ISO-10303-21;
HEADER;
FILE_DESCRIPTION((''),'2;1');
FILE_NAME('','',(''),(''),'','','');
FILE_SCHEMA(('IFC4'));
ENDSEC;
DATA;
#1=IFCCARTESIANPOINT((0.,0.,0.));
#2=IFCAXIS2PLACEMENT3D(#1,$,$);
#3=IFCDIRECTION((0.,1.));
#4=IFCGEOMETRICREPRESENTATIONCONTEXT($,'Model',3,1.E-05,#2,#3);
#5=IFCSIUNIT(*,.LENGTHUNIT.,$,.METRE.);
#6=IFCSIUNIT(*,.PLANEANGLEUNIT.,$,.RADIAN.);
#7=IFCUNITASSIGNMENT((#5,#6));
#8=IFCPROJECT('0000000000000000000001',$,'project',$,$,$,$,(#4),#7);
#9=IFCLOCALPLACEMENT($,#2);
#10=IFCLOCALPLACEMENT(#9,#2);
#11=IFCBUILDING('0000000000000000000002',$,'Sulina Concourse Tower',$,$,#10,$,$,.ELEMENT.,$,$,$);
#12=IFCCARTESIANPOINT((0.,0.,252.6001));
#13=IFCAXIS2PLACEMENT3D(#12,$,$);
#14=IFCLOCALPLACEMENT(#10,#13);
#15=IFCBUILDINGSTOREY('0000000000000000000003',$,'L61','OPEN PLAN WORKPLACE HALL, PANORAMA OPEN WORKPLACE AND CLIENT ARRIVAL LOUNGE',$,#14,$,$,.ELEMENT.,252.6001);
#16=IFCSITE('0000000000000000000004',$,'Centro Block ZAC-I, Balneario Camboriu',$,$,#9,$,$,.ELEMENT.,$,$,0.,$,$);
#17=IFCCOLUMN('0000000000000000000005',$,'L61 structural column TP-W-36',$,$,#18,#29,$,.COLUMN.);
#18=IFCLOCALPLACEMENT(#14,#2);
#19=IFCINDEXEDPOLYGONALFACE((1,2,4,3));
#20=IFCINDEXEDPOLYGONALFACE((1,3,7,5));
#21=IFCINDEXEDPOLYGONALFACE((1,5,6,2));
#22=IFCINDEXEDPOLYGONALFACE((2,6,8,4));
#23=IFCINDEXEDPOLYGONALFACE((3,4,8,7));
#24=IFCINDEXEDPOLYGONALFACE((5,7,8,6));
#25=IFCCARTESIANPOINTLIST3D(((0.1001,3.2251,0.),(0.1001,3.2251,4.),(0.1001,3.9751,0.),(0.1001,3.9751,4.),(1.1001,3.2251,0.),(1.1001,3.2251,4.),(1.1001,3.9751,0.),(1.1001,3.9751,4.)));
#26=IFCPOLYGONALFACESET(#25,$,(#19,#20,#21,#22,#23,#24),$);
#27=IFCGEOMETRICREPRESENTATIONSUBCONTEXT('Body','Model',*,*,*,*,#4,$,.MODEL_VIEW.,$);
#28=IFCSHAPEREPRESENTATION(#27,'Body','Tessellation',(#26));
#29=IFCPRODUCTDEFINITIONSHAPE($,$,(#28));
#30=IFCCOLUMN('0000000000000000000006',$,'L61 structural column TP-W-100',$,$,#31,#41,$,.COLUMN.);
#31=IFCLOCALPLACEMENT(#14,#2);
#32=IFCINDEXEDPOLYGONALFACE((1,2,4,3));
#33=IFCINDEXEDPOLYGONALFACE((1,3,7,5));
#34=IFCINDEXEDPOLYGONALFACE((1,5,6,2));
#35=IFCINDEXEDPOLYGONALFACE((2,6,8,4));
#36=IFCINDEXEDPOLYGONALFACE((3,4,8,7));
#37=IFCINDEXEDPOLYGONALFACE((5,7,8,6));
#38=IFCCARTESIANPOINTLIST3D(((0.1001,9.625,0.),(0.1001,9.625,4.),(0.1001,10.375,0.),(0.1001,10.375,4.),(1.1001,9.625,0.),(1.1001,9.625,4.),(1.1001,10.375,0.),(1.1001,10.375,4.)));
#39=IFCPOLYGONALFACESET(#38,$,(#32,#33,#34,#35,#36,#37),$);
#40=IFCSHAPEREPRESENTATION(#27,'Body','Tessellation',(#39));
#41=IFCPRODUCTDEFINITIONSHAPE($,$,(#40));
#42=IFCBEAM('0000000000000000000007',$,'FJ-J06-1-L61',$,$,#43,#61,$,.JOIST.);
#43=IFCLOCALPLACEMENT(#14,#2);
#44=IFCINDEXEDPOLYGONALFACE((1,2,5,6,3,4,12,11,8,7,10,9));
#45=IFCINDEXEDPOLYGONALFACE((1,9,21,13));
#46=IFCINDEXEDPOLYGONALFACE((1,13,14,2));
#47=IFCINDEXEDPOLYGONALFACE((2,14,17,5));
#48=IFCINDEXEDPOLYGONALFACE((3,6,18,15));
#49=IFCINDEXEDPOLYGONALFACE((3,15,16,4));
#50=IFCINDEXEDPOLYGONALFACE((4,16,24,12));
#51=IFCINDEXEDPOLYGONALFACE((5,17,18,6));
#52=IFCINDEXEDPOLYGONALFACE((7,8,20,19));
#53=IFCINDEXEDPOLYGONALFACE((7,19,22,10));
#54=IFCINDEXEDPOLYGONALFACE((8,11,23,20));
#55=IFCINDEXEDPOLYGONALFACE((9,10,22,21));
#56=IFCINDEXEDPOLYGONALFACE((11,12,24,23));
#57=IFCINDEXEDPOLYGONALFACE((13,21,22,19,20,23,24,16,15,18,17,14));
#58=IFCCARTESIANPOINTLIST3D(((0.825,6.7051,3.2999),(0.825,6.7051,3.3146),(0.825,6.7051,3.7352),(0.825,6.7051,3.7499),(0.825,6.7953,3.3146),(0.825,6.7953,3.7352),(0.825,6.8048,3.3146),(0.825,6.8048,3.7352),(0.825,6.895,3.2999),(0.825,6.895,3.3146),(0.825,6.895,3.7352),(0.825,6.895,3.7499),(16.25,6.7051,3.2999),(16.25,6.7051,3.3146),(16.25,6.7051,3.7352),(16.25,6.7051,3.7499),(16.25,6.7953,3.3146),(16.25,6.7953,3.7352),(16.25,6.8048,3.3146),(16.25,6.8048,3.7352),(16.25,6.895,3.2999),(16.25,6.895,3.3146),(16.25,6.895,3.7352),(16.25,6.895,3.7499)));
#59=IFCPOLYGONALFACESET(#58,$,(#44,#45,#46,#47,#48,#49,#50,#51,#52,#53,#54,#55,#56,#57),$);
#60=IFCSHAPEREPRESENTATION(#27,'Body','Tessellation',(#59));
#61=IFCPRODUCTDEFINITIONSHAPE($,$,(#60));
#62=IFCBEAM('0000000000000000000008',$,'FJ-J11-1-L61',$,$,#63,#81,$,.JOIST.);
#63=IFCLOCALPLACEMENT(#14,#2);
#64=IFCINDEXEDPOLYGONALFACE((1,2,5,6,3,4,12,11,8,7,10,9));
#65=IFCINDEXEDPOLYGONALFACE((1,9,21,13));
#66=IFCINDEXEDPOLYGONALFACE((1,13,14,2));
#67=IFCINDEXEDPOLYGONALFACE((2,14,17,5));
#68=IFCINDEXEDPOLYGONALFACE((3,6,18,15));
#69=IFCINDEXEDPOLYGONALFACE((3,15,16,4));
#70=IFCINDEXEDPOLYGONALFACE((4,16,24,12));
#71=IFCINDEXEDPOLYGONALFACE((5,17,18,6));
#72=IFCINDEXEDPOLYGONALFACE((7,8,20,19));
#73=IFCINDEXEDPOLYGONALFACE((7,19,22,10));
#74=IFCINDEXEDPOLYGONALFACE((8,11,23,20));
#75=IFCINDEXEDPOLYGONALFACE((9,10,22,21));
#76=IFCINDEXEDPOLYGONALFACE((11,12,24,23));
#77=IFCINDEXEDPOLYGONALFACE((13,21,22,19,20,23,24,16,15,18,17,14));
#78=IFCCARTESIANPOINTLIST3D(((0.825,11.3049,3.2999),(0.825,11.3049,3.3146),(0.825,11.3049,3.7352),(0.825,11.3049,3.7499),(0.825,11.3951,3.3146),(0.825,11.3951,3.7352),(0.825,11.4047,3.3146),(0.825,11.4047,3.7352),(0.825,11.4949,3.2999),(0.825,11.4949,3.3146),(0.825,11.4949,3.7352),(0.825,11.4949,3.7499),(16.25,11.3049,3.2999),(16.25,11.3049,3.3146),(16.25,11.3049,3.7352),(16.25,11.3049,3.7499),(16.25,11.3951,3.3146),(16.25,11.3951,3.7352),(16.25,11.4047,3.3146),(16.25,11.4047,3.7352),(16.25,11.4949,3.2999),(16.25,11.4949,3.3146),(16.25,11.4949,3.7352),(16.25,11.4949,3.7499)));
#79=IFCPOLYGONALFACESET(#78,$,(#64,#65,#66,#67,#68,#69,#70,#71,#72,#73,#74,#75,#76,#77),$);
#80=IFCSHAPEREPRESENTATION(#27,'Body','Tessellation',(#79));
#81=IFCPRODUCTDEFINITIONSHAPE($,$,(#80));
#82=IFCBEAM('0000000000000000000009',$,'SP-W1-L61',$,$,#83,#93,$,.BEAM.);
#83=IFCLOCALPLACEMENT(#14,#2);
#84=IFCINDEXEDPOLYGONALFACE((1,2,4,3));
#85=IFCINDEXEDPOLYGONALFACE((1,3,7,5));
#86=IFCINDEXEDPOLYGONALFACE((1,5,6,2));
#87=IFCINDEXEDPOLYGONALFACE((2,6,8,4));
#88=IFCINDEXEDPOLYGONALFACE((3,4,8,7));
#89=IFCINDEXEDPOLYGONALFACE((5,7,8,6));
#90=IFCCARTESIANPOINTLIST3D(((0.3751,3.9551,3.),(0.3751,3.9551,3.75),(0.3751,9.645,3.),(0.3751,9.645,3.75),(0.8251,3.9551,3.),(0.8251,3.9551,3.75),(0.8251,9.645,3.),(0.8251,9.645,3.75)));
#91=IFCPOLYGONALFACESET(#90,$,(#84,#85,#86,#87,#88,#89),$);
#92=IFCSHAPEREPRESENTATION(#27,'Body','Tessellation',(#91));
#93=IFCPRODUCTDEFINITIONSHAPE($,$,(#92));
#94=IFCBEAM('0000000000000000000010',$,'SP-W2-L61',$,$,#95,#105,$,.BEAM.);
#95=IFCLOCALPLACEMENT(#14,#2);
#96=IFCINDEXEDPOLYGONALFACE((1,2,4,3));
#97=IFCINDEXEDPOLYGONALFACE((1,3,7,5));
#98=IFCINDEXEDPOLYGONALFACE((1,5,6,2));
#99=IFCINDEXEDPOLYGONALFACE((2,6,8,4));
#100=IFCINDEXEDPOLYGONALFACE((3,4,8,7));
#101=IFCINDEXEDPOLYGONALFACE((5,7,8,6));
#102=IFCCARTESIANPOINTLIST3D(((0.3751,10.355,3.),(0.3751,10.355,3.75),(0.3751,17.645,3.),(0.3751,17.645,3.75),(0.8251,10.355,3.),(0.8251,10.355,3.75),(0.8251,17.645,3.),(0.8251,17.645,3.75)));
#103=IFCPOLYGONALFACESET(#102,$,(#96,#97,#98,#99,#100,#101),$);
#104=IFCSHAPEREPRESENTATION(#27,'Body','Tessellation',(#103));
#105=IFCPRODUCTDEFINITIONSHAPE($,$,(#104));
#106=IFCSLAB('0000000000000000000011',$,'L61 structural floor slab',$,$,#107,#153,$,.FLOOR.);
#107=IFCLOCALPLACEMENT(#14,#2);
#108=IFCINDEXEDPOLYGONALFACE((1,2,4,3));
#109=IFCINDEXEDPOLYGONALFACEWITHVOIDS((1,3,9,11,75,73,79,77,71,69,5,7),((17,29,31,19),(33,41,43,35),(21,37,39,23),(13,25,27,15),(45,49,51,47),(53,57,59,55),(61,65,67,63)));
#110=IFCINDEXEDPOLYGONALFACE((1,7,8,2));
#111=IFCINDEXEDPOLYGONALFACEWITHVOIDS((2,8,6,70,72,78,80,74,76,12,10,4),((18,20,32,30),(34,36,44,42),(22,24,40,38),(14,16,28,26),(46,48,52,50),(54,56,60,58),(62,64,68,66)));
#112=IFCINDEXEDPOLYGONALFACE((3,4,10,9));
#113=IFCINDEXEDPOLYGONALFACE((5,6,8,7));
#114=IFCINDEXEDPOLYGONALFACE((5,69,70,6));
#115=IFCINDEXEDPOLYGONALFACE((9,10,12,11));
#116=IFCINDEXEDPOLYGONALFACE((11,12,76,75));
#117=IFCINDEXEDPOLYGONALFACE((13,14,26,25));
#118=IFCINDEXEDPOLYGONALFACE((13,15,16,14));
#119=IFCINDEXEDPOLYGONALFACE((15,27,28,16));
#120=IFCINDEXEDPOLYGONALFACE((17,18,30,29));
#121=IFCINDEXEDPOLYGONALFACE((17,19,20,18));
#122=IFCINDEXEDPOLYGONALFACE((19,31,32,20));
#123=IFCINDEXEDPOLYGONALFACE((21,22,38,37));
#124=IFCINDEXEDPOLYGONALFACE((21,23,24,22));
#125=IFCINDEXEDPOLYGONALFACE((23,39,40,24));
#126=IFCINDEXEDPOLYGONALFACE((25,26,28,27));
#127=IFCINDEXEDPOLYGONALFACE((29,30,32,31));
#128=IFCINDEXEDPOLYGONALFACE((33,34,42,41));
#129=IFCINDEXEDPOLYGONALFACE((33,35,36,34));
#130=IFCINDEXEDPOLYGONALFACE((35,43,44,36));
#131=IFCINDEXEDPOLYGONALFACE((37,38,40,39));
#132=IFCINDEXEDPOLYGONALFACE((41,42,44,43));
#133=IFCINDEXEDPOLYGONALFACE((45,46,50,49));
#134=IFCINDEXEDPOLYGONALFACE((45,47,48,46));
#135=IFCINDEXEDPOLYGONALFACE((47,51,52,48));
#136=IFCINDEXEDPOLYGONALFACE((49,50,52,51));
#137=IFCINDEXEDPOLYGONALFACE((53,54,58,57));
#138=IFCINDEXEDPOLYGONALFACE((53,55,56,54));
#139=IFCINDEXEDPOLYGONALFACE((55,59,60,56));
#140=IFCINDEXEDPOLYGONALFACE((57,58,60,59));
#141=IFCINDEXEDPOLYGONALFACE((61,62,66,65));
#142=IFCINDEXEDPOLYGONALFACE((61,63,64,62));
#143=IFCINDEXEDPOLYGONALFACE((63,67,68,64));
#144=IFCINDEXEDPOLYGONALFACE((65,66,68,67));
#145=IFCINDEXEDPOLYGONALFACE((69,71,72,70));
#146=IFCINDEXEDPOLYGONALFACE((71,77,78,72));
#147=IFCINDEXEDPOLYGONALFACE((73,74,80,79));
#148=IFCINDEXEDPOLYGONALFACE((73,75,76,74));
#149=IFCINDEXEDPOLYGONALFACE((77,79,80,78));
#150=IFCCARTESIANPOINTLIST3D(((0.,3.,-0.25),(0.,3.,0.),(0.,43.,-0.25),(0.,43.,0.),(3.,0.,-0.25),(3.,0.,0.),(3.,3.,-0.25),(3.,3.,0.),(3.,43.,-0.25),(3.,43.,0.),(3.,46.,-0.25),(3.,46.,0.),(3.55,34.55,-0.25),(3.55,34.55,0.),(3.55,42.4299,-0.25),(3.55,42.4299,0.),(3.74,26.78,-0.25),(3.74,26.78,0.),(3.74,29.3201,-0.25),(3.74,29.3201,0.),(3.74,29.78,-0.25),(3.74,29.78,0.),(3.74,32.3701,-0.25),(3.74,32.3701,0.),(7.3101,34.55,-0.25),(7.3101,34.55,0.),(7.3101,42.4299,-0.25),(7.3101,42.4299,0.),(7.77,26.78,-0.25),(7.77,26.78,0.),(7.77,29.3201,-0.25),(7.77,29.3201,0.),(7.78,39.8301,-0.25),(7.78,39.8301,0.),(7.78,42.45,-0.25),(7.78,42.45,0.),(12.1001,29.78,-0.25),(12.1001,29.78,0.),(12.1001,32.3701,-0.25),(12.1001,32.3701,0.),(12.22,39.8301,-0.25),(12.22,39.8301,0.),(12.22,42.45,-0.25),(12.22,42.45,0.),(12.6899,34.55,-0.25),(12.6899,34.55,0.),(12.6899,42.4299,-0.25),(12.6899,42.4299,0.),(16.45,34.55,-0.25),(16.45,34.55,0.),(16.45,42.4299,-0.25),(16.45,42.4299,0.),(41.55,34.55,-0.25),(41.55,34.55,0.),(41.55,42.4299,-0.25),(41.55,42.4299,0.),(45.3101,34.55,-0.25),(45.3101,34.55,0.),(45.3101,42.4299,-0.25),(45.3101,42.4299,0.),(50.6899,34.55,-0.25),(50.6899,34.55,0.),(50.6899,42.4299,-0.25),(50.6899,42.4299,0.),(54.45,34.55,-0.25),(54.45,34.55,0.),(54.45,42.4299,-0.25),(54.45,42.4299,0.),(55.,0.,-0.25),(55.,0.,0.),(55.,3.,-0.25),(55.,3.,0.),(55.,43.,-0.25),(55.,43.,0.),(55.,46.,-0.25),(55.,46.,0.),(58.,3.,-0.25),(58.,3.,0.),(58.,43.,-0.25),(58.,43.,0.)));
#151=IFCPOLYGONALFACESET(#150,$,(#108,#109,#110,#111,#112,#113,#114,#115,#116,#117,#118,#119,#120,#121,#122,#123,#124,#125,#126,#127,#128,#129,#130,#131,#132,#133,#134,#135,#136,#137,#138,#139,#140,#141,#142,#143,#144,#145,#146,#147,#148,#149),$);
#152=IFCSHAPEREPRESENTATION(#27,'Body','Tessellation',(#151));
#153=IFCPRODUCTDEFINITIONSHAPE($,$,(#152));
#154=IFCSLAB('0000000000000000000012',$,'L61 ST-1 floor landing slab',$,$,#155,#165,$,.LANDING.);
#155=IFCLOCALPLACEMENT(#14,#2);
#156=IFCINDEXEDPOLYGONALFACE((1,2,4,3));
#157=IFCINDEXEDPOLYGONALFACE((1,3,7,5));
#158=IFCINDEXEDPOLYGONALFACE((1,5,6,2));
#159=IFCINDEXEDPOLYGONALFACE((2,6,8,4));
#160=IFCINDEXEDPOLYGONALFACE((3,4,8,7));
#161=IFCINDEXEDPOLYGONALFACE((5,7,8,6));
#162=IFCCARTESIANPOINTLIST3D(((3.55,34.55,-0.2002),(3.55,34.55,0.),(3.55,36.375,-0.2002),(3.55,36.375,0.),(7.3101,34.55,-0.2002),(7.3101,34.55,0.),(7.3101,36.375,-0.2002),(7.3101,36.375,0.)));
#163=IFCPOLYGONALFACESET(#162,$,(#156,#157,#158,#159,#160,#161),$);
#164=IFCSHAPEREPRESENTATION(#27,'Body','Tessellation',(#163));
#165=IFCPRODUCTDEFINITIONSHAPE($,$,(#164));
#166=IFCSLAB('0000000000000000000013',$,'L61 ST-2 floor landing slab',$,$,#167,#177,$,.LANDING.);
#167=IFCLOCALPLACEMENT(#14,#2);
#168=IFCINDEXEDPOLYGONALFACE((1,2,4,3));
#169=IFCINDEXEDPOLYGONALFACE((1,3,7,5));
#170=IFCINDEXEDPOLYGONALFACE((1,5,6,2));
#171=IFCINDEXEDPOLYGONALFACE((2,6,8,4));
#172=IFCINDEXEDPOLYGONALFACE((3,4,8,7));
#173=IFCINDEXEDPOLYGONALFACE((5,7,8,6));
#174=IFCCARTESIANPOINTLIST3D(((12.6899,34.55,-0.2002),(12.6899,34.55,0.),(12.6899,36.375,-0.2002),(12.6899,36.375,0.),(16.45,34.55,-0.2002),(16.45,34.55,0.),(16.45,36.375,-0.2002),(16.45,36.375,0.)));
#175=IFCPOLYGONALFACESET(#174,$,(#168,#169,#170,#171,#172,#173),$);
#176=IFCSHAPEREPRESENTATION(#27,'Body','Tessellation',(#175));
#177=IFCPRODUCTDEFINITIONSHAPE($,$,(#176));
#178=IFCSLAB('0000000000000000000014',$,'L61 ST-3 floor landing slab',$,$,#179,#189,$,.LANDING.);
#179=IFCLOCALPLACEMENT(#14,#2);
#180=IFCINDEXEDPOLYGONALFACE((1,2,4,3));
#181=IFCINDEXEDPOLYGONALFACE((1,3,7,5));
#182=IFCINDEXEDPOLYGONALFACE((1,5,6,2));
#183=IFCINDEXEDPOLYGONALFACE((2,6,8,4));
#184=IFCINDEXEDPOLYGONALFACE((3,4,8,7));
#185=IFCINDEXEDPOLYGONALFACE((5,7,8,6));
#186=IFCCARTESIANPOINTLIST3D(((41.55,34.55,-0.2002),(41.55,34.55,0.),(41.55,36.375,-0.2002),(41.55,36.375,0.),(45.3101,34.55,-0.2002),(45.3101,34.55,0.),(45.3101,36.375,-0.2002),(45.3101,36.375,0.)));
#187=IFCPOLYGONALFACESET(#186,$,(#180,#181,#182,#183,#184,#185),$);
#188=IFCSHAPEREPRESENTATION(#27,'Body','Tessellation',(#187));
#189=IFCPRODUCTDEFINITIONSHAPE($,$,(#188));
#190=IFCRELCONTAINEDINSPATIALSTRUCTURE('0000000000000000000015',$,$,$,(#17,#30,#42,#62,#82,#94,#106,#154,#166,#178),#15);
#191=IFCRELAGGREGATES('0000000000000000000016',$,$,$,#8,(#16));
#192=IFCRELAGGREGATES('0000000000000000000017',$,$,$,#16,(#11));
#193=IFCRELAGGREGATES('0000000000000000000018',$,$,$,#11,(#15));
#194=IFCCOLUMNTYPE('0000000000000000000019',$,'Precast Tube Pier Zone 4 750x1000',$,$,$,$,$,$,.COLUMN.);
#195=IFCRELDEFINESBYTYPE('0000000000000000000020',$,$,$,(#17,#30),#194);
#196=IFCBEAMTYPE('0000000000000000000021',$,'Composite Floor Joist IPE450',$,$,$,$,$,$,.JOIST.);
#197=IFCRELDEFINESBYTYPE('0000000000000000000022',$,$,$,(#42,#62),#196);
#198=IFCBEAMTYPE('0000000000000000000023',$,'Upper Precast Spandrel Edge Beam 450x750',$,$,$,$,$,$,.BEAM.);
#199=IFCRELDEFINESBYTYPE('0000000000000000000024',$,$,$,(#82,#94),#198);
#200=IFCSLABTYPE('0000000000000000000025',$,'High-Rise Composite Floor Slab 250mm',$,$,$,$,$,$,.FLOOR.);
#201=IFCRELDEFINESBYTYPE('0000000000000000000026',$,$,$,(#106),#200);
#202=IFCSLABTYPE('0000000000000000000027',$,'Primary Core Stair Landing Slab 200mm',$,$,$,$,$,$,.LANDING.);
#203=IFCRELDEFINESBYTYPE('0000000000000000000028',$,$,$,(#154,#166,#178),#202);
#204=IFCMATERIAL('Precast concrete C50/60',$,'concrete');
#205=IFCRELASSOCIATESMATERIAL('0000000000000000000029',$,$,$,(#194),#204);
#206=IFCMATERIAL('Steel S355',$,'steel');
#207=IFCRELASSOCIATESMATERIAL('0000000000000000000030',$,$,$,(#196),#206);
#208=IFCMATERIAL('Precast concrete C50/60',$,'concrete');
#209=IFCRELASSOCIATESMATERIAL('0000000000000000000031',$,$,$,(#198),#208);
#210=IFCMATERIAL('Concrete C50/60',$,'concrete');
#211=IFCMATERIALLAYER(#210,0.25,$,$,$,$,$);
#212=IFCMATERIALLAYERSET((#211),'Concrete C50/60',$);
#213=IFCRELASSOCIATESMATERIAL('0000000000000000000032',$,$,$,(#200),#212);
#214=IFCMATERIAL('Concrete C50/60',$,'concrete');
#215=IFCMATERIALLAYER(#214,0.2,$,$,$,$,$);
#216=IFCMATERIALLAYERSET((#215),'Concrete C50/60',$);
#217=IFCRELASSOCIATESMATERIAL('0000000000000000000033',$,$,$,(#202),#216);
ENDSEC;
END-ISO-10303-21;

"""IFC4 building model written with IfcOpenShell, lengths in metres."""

from ifc_helpers import new_model, si_unit, direction, frame, origin, origin_2d, place, context, subcontext, project, spatial, polyline, rectangle, i_section, outline, extrude, material, layer, layer_set, material_profile, profile_set, type_object, element, save


model = new_model("IFC4")

# Units and contexts
model_context = context("Model", 3, precision=1e-05, world=origin(), true_north=direction((0.0, 1.0)))
body_context = subcontext(model_context, "Body", "Model", "MODEL_VIEW")
ifc_project = project(units=[si_unit("LENGTHUNIT", "METRE"), si_unit("PLANEANGLEUNIT", "RADIAN")], contexts=[model_context])

# Site, building, storey
site_placement = place(None, origin())
site = spatial("IfcSite", under=ifc_project, at=site_placement, Name="Centro Block ZAC-I, Balneario Camboriu", CompositionType="ELEMENT", RefElevation=0.0)
building_placement = place(site_placement, origin())
building = spatial("IfcBuilding", under=site, at=building_placement, Name="Sulina Concourse Tower", CompositionType="ELEMENT")
storey_placement = place(building_placement, frame((0.0, 0.0, 252.6001)))
storey = spatial("IfcBuildingStorey", under=building, at=storey_placement, Name="L61", Description="OPEN PLAN WORKPLACE HALL, PANORAMA OPEN WORKPLACE AND CLIENT ARRIVAL LOUNGE", CompositionType="ELEMENT", Elevation=252.6001)

# Columns
ifc_material_1 = material(Name="Precast concrete C50/60", Category="concrete")
ifc_material_profile_1 = material_profile(ifc_material_1, rectangle(XDim=0.75, YDim=1.0, at=origin_2d()), Name="PC 750x1000")
ifc_profile_set_1 = profile_set([ifc_material_profile_1], Name="Precast concrete C50/60")
column_type = type_object("IfcColumnType", Name="Precast Tube Pier Zone 4 750x1000", PredefinedType="COLUMN", material=ifc_profile_set_1)
for number, where, z_axis, x_axis, name in (
    (1, (0.6001, 3.6001, 0.0), (0.0, 0.0, 1.0), (0.0, 1.0, 0.0), "L61 structural column TP-W-36"),
    (2, (0.6001, 10.0, 0.0), (0.0, 0.0, 1.0), (0.0, 1.0, 0.0), "L61 structural column TP-W-100"),
):
    element("IfcColumn", number, at=place(storey_placement, frame(where, z_axis=z_axis, x_axis=x_axis)), inside=storey, type_object=column_type, Name=name, PredefinedType="COLUMN", context=body_context, shape_type="SweptSolid", body=[
        extrude(rectangle(XDim=0.75, YDim=1.0, at=origin_2d()), origin(), (0.0, 0.0, 1.0), 4.0),
    ])

# Beams
ifc_material_2 = material(Name="Steel S355", Category="steel")
ifc_material_profile_2 = material_profile(ifc_material_2, i_section(OverallWidth=0.1899, OverallDepth=0.45, WebThickness=0.0095, FlangeThickness=0.0146, at=origin_2d()), Name="IPE 450")
ifc_profile_set_2 = profile_set([ifc_material_profile_2], Name="Steel S355")
beam_type_1 = type_object("IfcBeamType", Name="Composite Floor Joist IPE450", PredefinedType="JOIST", material=ifc_profile_set_2)
for number, where, z_axis, x_axis, name in (
    (3, (0.825, 6.8, 3.5249), (1.0, 0.0, 0.0), (0.0, 1.0, 0.0), "FJ-J06-1-L61"),
    (4, (0.825, 11.3999, 3.5249), (1.0, 0.0, 0.0), (0.0, 1.0, 0.0), "FJ-J11-1-L61"),
):
    element("IfcBeam", number, at=place(storey_placement, frame(where, z_axis=z_axis, x_axis=x_axis)), inside=storey, type_object=beam_type_1, Name=name, PredefinedType="JOIST", context=body_context, shape_type="SweptSolid", body=[
        extrude(i_section(OverallWidth=0.1899, OverallDepth=0.45, WebThickness=0.0095, FlangeThickness=0.0146, at=origin_2d()), origin(), (0.0, 0.0, 1.0), 15.425),
    ])
ifc_material_3 = material(Name="Precast concrete C50/60", Category="concrete")
ifc_material_profile_3 = material_profile(ifc_material_3, rectangle(XDim=0.45, YDim=0.75, at=origin_2d()), Name="RC 450x750")
ifc_profile_set_3 = profile_set([ifc_material_profile_3], Name="Precast concrete C50/60")
beam_type_2 = type_object("IfcBeamType", Name="Upper Precast Spandrel Edge Beam 450x750", PredefinedType="BEAM", material=ifc_profile_set_3)
beam_1_placement = place(storey_placement, frame((0.6001, 3.9551, 3.375), z_axis=(0.0, 1.0, 0.0), x_axis=(-1.0, 0.0, 0.0)))
element("IfcBeam", 5, at=beam_1_placement, inside=storey, type_object=beam_type_2, Name="SP-W1-L61", PredefinedType="BEAM", context=body_context, shape_type="SweptSolid", body=[
    extrude(rectangle(XDim=0.45, YDim=0.75, at=origin_2d()), origin(), (0.0, 0.0, 1.0), 5.6899),
])
beam_2_placement = place(storey_placement, frame((0.6001, 10.355, 3.375), z_axis=(0.0, 1.0, 0.0), x_axis=(-1.0, 0.0, 0.0)))
element("IfcBeam", 6, at=beam_2_placement, inside=storey, type_object=beam_type_2, Name="SP-W2-L61", PredefinedType="BEAM", context=body_context, shape_type="SweptSolid", body=[
    extrude(rectangle(XDim=0.45, YDim=0.75, at=origin_2d()), origin(), (0.0, 0.0, 1.0), 7.29),
])

# Slabs
ifc_material_4 = material(Name="Concrete C50/60", Category="concrete")
ifc_layer_1 = layer(ifc_material_4, 0.25)
ifc_layer_set_1 = layer_set([ifc_layer_1], Name="Concrete C50/60")
slab_type_1 = type_object("IfcSlabType", Name="High-Rise Composite Floor Slab 250mm", PredefinedType="FLOOR", material=ifc_layer_set_1)
slab_1_placement = place(storey_placement, frame((0.0, 0.0, -0.25)))
element("IfcSlab", 7, at=slab_1_placement, inside=storey, type_object=slab_type_1, Name="L61 structural floor slab", PredefinedType="FLOOR", context=body_context, shape_type="SweptSolid", body=[
    extrude(outline(polyline([(3.0, 0.0), (55.0, 0.0), (55.0, 3.0), (58.0, 3.0), (58.0, 43.0), (55.0, 43.0), (55.0, 46.0), (3.0, 46.0), (3.0, 43.0), (0.0, 43.0), (0.0, 3.0), (3.0, 3.0), (3.0, 0.0)]), holes=[polyline([(7.3101, 34.55), (7.3101, 42.4299), (3.55, 42.4299), (3.55, 34.55), (7.3101, 34.55)]), polyline([(16.45, 34.55), (16.45, 42.4299), (12.6899, 42.4299), (12.6899, 34.55), (16.45, 34.55)]), polyline([(45.3101, 34.55), (45.3101, 42.4299), (41.55, 42.4299), (41.55, 34.55), (45.3101, 34.55)]), polyline([(54.45, 34.55), (54.45, 42.4299), (50.6899, 42.4299), (50.6899, 34.55), (54.45, 34.55)]), polyline([(7.78, 39.8301), (12.22, 39.8301), (12.22, 42.45), (7.78, 42.45), (7.78, 39.8301)]), polyline([(3.74, 26.78), (7.77, 26.78), (7.77, 29.3201), (3.74, 29.3201), (3.74, 26.78)]), polyline([(3.74, 29.78), (12.1001, 29.78), (12.1001, 32.3701), (3.74, 32.3701), (3.74, 29.78)])]), origin(), (0.0, 0.0, 1.0), 0.25),
])
ifc_material_5 = material(Name="Concrete C50/60", Category="concrete")
ifc_layer_2 = layer(ifc_material_5, 0.2)
ifc_layer_set_2 = layer_set([ifc_layer_2], Name="Concrete C50/60")
slab_type_2 = type_object("IfcSlabType", Name="Primary Core Stair Landing Slab 200mm", PredefinedType="LANDING", material=ifc_layer_set_2)
slab_2_placement = place(storey_placement, frame((0.0, 0.0, -0.2002)))
element("IfcSlab", 8, at=slab_2_placement, inside=storey, type_object=slab_type_2, Name="L61 ST-1 floor landing slab", PredefinedType="LANDING", context=body_context, shape_type="SweptSolid", body=[
    extrude(outline(polyline([(7.3101, 34.55), (7.3101, 36.375), (3.55, 36.375), (3.55, 34.55), (7.3101, 34.55)])), origin(), (0.0, 0.0, 1.0), 0.2002),
])
slab_3_placement = place(storey_placement, frame((0.0, 0.0, -0.2002)))
element("IfcSlab", 9, at=slab_3_placement, inside=storey, type_object=slab_type_2, Name="L61 ST-2 floor landing slab", PredefinedType="LANDING", context=body_context, shape_type="SweptSolid", body=[
    extrude(outline(polyline([(16.45, 34.55), (16.45, 36.375), (12.6899, 36.375), (12.6899, 34.55), (16.45, 34.55)])), origin(), (0.0, 0.0, 1.0), 0.2002),
])
slab_4_placement = place(storey_placement, frame((0.0, 0.0, -0.2002)))
element("IfcSlab", 10, at=slab_4_placement, inside=storey, type_object=slab_type_2, Name="L61 ST-3 floor landing slab", PredefinedType="LANDING", context=body_context, shape_type="SweptSolid", body=[
    extrude(outline(polyline([(45.3101, 34.55), (45.3101, 36.375), (41.55, 36.375), (41.55, 34.55), (45.3101, 34.55)])), origin(), (0.0, 0.0, 1.0), 0.2002),
])

save(model, "model.ifc")
